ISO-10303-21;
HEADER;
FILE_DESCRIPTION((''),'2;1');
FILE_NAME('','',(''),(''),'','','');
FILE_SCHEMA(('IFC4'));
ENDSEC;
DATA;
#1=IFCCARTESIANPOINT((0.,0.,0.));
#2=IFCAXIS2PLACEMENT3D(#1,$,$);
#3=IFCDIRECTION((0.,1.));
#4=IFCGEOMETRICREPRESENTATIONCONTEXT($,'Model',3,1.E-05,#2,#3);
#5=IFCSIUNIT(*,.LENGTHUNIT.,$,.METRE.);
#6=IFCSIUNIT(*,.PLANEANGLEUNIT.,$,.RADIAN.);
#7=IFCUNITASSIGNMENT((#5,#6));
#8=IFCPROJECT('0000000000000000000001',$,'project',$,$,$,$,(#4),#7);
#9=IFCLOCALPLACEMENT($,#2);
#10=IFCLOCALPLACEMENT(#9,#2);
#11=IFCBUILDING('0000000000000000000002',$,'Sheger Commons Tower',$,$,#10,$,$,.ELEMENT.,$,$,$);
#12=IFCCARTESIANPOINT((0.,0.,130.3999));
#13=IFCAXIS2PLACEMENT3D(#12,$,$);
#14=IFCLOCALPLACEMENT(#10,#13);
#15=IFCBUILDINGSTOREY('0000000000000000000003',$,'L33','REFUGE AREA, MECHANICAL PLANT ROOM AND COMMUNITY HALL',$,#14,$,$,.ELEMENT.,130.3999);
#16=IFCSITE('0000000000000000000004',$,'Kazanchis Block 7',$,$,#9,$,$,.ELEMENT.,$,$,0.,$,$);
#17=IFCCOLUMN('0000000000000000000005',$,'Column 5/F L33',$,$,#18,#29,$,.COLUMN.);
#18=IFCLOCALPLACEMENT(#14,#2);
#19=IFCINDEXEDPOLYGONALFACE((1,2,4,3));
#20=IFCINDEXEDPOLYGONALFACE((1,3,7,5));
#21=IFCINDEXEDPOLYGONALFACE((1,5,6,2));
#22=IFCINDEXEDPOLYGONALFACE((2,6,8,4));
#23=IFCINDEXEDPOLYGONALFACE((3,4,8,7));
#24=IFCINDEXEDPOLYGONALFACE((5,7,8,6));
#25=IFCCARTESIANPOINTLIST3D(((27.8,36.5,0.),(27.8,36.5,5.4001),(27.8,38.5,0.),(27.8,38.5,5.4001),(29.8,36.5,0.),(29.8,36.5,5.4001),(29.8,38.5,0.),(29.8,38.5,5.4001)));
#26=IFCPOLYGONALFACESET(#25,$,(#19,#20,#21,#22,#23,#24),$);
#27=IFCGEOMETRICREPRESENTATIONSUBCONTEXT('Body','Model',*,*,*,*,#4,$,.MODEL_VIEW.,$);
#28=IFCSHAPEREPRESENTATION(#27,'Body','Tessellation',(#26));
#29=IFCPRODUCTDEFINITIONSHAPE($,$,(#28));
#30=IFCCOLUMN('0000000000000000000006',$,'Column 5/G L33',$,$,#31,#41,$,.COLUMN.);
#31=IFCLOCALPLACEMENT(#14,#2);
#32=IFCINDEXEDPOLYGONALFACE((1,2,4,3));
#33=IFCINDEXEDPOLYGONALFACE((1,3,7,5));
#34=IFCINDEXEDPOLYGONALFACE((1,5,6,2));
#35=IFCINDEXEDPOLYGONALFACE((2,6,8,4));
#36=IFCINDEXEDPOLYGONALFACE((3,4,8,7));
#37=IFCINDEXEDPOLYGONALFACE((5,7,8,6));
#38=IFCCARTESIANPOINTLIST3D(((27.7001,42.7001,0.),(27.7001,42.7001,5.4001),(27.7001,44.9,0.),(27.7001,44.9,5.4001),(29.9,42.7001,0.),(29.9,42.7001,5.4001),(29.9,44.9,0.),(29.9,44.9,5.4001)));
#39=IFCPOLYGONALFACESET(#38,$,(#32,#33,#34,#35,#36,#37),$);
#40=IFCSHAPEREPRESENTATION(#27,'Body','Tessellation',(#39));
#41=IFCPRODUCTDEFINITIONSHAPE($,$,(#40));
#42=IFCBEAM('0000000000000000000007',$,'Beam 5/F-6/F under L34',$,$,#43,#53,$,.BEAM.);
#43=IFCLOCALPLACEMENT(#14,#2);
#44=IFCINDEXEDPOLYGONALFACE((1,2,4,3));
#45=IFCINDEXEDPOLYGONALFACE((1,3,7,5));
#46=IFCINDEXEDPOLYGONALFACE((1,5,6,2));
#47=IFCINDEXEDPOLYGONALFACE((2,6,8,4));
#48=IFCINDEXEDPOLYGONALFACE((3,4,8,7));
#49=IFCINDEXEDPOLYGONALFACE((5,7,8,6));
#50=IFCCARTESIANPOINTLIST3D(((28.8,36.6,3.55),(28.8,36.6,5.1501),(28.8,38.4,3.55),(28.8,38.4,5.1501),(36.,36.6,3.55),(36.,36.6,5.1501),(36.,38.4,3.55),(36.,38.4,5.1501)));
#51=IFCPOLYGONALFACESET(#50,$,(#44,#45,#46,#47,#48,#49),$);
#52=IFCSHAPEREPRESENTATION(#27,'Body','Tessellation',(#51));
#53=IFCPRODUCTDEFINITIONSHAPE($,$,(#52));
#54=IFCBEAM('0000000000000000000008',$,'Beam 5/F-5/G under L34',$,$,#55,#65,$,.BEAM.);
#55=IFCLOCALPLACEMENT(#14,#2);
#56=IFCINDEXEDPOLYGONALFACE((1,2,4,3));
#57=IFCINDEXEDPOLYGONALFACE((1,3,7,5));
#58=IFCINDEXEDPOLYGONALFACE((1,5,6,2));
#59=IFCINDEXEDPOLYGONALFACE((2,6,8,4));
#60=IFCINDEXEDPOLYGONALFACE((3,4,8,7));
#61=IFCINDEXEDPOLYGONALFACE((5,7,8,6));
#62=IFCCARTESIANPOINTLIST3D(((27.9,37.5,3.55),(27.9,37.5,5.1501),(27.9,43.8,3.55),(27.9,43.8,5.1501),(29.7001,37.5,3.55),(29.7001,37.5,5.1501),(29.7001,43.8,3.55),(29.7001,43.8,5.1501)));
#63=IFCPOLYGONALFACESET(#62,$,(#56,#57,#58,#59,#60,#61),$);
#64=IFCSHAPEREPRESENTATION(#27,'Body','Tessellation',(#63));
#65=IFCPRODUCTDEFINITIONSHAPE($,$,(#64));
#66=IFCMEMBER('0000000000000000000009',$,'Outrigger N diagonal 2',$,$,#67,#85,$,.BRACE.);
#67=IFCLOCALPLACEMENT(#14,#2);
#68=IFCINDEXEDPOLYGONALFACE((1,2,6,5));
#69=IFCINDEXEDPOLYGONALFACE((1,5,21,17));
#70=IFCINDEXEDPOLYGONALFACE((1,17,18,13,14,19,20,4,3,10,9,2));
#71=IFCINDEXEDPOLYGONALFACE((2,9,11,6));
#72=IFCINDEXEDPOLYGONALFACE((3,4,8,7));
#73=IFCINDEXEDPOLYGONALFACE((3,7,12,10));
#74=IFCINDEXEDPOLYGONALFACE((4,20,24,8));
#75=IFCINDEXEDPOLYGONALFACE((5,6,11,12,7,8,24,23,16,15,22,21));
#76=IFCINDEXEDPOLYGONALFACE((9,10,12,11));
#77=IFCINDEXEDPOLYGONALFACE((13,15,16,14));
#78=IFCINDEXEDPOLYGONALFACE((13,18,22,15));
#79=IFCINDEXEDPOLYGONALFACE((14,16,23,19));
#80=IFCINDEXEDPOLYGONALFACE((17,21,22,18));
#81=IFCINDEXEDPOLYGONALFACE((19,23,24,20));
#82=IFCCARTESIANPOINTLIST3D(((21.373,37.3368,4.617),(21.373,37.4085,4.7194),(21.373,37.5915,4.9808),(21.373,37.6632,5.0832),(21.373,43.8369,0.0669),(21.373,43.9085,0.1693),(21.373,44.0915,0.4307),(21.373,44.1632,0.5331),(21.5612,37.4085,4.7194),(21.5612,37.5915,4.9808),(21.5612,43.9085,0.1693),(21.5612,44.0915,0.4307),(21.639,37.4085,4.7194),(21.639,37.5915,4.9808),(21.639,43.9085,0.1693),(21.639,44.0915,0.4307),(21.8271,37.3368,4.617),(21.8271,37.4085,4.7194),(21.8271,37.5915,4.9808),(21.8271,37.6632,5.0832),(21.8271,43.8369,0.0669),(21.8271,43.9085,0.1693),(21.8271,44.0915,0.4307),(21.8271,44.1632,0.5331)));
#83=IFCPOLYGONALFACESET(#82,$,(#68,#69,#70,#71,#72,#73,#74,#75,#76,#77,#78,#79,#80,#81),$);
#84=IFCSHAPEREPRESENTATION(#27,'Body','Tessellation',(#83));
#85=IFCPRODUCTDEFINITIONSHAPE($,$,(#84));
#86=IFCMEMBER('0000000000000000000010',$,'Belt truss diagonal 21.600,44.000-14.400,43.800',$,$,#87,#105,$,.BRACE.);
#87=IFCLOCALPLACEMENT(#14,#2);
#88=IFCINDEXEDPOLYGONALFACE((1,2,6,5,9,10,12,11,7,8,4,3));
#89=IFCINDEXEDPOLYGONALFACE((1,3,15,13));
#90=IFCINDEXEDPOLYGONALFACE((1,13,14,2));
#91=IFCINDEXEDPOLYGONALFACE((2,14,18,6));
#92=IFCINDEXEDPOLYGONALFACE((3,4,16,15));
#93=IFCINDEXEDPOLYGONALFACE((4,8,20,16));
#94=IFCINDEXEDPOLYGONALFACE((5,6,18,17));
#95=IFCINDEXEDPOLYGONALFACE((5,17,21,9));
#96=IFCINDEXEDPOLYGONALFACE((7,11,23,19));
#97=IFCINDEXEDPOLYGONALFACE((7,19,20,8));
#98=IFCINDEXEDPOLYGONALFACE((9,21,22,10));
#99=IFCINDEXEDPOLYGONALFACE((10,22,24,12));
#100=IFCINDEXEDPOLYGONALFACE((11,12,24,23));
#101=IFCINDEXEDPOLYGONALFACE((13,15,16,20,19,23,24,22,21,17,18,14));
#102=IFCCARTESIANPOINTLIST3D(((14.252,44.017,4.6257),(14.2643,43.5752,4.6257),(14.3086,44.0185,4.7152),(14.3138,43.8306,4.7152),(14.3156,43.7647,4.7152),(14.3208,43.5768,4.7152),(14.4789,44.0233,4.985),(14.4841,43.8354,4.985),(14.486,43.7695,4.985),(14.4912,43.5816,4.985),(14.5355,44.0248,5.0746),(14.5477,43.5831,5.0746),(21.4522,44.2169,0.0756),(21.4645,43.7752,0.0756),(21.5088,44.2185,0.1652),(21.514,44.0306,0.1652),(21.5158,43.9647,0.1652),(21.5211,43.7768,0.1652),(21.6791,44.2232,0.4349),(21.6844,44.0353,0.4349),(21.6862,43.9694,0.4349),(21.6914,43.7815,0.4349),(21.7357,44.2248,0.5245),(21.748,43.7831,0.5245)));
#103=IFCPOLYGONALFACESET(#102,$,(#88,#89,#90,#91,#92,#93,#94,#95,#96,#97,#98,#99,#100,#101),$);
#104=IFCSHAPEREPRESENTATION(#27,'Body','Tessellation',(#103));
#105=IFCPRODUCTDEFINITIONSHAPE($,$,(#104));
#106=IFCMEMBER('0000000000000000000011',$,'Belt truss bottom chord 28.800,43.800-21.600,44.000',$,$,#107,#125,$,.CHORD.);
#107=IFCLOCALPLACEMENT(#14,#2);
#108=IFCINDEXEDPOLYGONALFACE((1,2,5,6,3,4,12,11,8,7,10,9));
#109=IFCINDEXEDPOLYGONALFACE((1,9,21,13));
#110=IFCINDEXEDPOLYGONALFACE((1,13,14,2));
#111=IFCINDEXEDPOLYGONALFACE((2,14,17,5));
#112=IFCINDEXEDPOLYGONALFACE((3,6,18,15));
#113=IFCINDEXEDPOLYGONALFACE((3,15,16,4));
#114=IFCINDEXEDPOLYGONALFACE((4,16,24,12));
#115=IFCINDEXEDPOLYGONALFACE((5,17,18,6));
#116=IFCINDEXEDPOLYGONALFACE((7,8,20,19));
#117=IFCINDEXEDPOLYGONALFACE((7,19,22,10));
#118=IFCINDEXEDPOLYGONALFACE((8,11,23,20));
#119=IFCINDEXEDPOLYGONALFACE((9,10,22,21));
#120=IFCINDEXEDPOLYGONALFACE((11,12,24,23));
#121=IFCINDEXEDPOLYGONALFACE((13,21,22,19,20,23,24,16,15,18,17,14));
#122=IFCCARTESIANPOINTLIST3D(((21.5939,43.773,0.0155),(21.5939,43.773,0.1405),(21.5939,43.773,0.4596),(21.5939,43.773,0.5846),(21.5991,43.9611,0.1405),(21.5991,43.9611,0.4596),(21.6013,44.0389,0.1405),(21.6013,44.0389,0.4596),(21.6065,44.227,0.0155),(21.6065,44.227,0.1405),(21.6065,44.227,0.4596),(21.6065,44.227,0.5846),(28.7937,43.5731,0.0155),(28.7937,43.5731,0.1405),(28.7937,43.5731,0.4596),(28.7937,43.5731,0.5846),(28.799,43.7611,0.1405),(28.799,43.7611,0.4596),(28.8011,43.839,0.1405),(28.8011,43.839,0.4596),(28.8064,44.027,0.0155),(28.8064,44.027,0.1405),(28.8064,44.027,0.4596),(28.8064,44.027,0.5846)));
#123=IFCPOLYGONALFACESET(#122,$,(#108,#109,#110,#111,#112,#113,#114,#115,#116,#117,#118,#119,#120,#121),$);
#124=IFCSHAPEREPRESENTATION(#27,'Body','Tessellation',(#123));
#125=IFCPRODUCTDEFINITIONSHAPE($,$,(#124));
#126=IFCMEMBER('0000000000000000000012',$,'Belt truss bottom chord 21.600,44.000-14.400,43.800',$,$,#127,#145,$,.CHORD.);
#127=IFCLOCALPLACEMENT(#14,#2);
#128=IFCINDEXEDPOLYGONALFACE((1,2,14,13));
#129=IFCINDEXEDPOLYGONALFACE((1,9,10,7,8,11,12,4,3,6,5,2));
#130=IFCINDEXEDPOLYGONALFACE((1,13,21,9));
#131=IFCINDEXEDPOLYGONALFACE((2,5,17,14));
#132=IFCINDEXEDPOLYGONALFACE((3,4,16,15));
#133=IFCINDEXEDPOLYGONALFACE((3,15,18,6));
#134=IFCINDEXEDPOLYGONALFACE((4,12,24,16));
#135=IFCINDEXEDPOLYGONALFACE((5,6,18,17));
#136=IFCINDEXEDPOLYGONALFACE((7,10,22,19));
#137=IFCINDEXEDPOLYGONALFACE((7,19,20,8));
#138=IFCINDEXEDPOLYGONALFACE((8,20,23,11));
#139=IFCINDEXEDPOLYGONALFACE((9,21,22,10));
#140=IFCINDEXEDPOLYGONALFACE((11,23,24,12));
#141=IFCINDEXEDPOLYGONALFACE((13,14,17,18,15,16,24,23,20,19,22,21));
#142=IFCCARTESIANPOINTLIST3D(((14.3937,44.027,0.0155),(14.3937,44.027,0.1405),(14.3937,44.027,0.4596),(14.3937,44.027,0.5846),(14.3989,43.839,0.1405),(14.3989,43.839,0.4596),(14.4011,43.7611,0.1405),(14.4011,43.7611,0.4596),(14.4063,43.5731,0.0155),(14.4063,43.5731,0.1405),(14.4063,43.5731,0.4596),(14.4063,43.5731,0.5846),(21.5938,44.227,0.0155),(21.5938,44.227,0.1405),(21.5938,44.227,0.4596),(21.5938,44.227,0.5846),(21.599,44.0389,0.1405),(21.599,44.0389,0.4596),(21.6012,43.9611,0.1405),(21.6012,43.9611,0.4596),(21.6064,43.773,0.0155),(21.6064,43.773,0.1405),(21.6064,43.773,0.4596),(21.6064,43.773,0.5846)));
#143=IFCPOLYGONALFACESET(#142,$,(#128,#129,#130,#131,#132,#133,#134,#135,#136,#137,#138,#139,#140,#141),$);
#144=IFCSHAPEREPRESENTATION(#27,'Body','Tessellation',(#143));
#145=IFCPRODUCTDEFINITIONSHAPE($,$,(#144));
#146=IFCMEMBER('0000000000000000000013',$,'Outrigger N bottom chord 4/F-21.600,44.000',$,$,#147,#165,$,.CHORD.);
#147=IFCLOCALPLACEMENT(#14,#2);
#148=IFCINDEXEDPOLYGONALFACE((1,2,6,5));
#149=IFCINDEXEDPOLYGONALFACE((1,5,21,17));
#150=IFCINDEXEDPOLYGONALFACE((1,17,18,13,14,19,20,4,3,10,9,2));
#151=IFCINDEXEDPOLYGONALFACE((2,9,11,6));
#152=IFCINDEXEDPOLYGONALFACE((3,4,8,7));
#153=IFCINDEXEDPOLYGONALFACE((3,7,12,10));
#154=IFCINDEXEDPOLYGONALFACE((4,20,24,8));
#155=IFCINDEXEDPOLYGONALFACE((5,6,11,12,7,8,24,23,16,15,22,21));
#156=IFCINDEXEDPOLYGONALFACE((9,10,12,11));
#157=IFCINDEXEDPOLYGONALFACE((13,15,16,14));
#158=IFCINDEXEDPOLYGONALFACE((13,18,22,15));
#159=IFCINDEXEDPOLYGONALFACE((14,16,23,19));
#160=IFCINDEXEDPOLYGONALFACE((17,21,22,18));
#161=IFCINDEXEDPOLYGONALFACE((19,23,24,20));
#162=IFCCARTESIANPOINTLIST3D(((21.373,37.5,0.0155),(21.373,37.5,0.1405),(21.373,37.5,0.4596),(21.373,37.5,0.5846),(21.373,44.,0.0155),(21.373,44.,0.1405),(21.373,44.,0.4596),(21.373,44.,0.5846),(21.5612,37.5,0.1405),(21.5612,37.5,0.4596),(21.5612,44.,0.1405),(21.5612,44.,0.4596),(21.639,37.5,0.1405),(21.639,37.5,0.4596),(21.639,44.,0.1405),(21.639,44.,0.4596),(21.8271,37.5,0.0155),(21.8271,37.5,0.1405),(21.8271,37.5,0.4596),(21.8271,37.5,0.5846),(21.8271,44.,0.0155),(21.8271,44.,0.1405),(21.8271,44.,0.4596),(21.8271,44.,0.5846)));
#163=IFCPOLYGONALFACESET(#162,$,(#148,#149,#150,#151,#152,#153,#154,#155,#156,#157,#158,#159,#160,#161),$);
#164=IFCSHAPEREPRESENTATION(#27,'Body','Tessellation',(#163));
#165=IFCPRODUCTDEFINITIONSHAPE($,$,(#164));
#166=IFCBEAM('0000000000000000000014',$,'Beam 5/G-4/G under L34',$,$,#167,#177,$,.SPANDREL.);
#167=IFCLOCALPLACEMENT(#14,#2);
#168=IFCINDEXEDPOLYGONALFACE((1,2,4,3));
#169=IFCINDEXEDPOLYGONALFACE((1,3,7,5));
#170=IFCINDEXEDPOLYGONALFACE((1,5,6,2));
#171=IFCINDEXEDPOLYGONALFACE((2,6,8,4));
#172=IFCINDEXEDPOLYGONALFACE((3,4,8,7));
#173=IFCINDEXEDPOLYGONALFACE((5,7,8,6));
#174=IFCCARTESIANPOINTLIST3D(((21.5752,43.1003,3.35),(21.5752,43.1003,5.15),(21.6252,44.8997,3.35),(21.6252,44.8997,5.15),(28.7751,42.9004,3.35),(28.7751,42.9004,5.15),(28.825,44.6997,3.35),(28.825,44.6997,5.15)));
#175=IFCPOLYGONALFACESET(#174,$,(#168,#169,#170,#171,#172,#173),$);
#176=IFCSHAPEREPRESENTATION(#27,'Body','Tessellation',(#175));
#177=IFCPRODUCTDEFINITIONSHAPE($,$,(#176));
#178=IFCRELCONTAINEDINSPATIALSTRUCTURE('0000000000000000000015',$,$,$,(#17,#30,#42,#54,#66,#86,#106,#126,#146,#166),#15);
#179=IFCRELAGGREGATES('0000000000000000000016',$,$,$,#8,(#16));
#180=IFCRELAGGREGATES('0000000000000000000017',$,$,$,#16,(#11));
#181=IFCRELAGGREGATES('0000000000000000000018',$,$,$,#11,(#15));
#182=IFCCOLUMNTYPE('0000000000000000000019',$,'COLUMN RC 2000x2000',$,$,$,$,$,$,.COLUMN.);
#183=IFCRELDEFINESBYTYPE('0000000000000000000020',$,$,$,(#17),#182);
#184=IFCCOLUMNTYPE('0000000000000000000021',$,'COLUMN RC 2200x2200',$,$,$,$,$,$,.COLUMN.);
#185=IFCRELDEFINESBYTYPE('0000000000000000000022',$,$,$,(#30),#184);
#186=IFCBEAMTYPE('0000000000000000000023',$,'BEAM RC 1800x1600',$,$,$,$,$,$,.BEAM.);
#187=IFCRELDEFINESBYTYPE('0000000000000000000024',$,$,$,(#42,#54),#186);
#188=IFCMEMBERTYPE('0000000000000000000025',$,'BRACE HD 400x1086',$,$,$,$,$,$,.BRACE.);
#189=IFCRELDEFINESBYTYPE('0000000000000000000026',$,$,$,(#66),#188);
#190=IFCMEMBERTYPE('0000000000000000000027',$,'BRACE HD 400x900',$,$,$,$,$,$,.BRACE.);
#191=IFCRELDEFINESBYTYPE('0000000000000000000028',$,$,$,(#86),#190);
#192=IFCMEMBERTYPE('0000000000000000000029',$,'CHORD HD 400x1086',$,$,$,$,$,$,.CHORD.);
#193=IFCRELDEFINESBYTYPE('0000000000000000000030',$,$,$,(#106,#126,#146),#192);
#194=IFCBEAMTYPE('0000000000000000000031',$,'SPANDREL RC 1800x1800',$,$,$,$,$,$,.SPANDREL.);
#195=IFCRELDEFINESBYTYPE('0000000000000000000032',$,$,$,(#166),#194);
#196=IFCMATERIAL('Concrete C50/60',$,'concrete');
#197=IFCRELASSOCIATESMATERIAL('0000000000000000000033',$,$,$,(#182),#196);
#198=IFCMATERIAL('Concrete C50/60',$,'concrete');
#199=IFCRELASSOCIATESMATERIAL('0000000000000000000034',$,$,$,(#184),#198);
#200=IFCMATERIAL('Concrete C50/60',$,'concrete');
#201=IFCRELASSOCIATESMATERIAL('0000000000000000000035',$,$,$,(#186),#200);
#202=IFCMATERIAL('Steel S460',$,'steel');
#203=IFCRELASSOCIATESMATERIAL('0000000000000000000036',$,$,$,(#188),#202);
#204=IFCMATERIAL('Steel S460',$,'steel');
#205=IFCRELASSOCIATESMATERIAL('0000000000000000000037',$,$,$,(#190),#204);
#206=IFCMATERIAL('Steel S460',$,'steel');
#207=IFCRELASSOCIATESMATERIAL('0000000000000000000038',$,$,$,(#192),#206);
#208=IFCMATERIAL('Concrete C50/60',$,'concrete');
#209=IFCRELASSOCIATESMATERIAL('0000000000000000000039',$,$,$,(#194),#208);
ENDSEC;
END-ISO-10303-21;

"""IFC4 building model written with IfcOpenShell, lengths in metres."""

from ifc_helpers import new_model, si_unit, direction, frame, origin, origin_2d, place, context, subcontext, project, spatial, rectangle, i_section, extrude, material, material_profile, profile_set, type_object, element, save


model = new_model("IFC4")

# Units and contexts
model_context = context("Model", 3, precision=1e-05, world=origin(), true_north=direction((0.0, 1.0)))
body_context = subcontext(model_context, "Body", "Model", "MODEL_VIEW")
ifc_project = project(units=[si_unit("LENGTHUNIT", "METRE"), si_unit("PLANEANGLEUNIT", "RADIAN")], contexts=[model_context])

# Site, building, storey
site_placement = place(None, origin())
site = spatial("IfcSite", under=ifc_project, at=site_placement, Name="Kazanchis Block 7", CompositionType="ELEMENT", RefElevation=0.0)
building_placement = place(site_placement, origin())
building = spatial("IfcBuilding", under=site, at=building_placement, Name="Sheger Commons Tower", CompositionType="ELEMENT")
storey_placement = place(building_placement, frame((0.0, 0.0, 130.3999)))
storey = spatial("IfcBuildingStorey", under=building, at=storey_placement, Name="L33", Description="REFUGE AREA, MECHANICAL PLANT ROOM AND COMMUNITY HALL", CompositionType="ELEMENT", Elevation=130.3999)

# Columns
ifc_material_1 = material(Name="Concrete C50/60", Category="concrete")
ifc_material_profile_1 = material_profile(ifc_material_1, rectangle(XDim=2.0, YDim=2.0, at=origin_2d()), Name="RC 2000x2000")
ifc_profile_set_1 = profile_set([ifc_material_profile_1], Name="Concrete C50/60")
column_type_1 = type_object("IfcColumnType", Name="COLUMN RC 2000x2000", PredefinedType="COLUMN", material=ifc_profile_set_1)
column_1_placement = place(storey_placement, frame((28.8, 37.5, 0.0), z_axis=(0.0, 0.0, 1.0), x_axis=(1.0, 0.0, 0.0)))
element("IfcColumn", 1, at=column_1_placement, inside=storey, type_object=column_type_1, Name="Column 5/F L33", PredefinedType="COLUMN", context=body_context, shape_type="SweptSolid", body=[
    extrude(rectangle(XDim=2.0, YDim=2.0, at=origin_2d()), origin(), (0.0, 0.0, 1.0), 5.4001),
])
ifc_material_2 = material(Name="Concrete C50/60", Category="concrete")
ifc_material_profile_2 = material_profile(ifc_material_2, rectangle(XDim=2.2, YDim=2.2, at=origin_2d()), Name="RC 2200x2200")
ifc_profile_set_2 = profile_set([ifc_material_profile_2], Name="Concrete C50/60")
column_type_2 = type_object("IfcColumnType", Name="COLUMN RC 2200x2200", PredefinedType="COLUMN", material=ifc_profile_set_2)
column_2_placement = place(storey_placement, frame((28.8, 43.8, 0.0), z_axis=(0.0, 0.0, 1.0), x_axis=(1.0, 0.0, 0.0)))
element("IfcColumn", 2, at=column_2_placement, inside=storey, type_object=column_type_2, Name="Column 5/G L33", PredefinedType="COLUMN", context=body_context, shape_type="SweptSolid", body=[
    extrude(rectangle(XDim=2.2, YDim=2.2, at=origin_2d()), origin(), (0.0, 0.0, 1.0), 5.4001),
])

# Beams
ifc_material_3 = material(Name="Concrete C50/60", Category="concrete")
ifc_material_profile_3 = material_profile(ifc_material_3, rectangle(XDim=1.8, YDim=1.6001, at=origin_2d()), Name="RC 1800x1600")
ifc_profile_set_3 = profile_set([ifc_material_profile_3], Name="Concrete C50/60")
beam_type_1 = type_object("IfcBeamType", Name="BEAM RC 1800x1600", PredefinedType="BEAM", material=ifc_profile_set_3)
beam_1_placement = place(storey_placement, frame((28.8, 37.5, 4.3501), z_axis=(1.0, 0.0, 0.0), x_axis=(0.0, 1.0, 0.0)))
element("IfcBeam", 3, at=beam_1_placement, inside=storey, type_object=beam_type_1, Name="Beam 5/F-6/F under L34", PredefinedType="BEAM", context=body_context, shape_type="SweptSolid", body=[
    extrude(rectangle(XDim=1.8, YDim=1.6001, at=origin_2d()), origin(), (0.0, 0.0, 1.0), 7.2),
])
beam_2_placement = place(storey_placement, frame((28.8, 37.5, 4.3501), z_axis=(0.0, 1.0, 0.0), x_axis=(-1.0, 0.0, 0.0)))
element("IfcBeam", 4, at=beam_2_placement, inside=storey, type_object=beam_type_1, Name="Beam 5/F-5/G under L34", PredefinedType="BEAM", context=body_context, shape_type="SweptSolid", body=[
    extrude(rectangle(XDim=1.8, YDim=1.6001, at=origin_2d()), origin(), (0.0, 0.0, 1.0), 6.3),
])

# Members
ifc_material_4 = material(Name="Steel S460", Category="steel")
ifc_material_profile_4 = material_profile(ifc_material_4, i_section(OverallWidth=0.4541, OverallDepth=0.5691, WebThickness=0.0779, FlangeThickness=0.125, at=origin_2d()), Name="HD 400x1086")
ifc_profile_set_4 = profile_set([ifc_material_profile_4], Name="Steel S460")
member_type_1 = type_object("IfcMemberType", Name="BRACE HD 400x1086", PredefinedType="BRACE", material=ifc_profile_set_4)
member_1_placement = place(storey_placement, frame((21.6001, 37.5, 4.8501), z_axis=(0.0, 0.819229, -0.573466), x_axis=(-1.0, 0.0, 0.0)))
element("IfcMember", 5, at=member_1_placement, inside=storey, type_object=member_type_1, Name="Outrigger N diagonal 2", PredefinedType="BRACE", context=body_context, shape_type="SweptSolid", body=[
    extrude(i_section(OverallWidth=0.4541, OverallDepth=0.5691, WebThickness=0.0779, FlangeThickness=0.125, at=origin_2d()), origin(), (0.0, 0.0, 1.0), 7.9343),
])
ifc_material_5 = material(Name="Steel S460", Category="steel")
ifc_material_profile_5 = material_profile(ifc_material_5, i_section(OverallWidth=0.4419, OverallDepth=0.531, WebThickness=0.0659, FlangeThickness=0.106, at=origin_2d()), Name="HD 400x900")
ifc_profile_set_5 = profile_set([ifc_material_profile_5], Name="Steel S460")
member_type_2 = type_object("IfcMemberType", Name="BRACE HD 400x900", PredefinedType="BRACE", material=ifc_profile_set_5)
member_2_placement = place(storey_placement, frame((21.6001, 44.0, 0.3), z_axis=(-0.84512, -0.023469, 0.53406), x_axis=(0.02776, -0.999615, 0.0)))
element("IfcMember", 6, at=member_2_placement, inside=storey, type_object=member_type_2, Name="Belt truss diagonal 21.600,44.000-14.400,43.800", PredefinedType="BRACE", context=body_context, shape_type="SweptSolid", body=[
    extrude(i_section(OverallWidth=0.4419, OverallDepth=0.531, WebThickness=0.0659, FlangeThickness=0.106, at=origin_2d()), origin(), (0.0, 0.0, 1.0), 8.5198),
])
ifc_material_6 = material(Name="Steel S460", Category="steel")
ifc_material_profile_6 = material_profile(ifc_material_6, i_section(OverallWidth=0.4541, OverallDepth=0.5691, WebThickness=0.0779, FlangeThickness=0.125, at=origin_2d()), Name="HD 400x1086")
ifc_profile_set_6 = profile_set([ifc_material_profile_6], Name="Steel S460")
member_type_3 = type_object("IfcMemberType", Name="CHORD HD 400x1086", PredefinedType="CHORD", material=ifc_profile_set_6)
member_3_placement = place(storey_placement, frame((28.8, 43.8, 0.3), z_axis=(-0.999615, 0.02776, 0.0), x_axis=(-0.02776, -0.999615, 0.0)))
element("IfcMember", 7, at=member_3_placement, inside=storey, type_object=member_type_3, Name="Belt truss bottom chord 28.800,43.800-21.600,44.000", PredefinedType="CHORD", context=body_context, shape_type="SweptSolid", body=[
    extrude(i_section(OverallWidth=0.4541, OverallDepth=0.5691, WebThickness=0.0779, FlangeThickness=0.125, at=origin_2d()), origin(), (0.0, 0.0, 1.0), 7.2026),
])
member_4_placement = place(storey_placement, frame((21.6001, 44.0, 0.3), z_axis=(-0.999615, -0.02776, 0.0), x_axis=(0.02776, -0.999615, 0.0)))
element("IfcMember", 8, at=member_4_placement, inside=storey, type_object=member_type_3, Name="Belt truss bottom chord 21.600,44.000-14.400,43.800", PredefinedType="CHORD", context=body_context, shape_type="SweptSolid", body=[
    extrude(i_section(OverallWidth=0.4541, OverallDepth=0.5691, WebThickness=0.0779, FlangeThickness=0.125, at=origin_2d()), origin(), (0.0, 0.0, 1.0), 7.2029),
])
member_5_placement = place(storey_placement, frame((21.6001, 37.5, 0.3), z_axis=(0.0, 1.0, 0.0), x_axis=(-1.0, 0.0, 0.0)))
element("IfcMember", 9, at=member_5_placement, inside=storey, type_object=member_type_3, Name="Outrigger N bottom chord 4/F-21.600,44.000", PredefinedType="CHORD", context=body_context, shape_type="SweptSolid", body=[
    extrude(i_section(OverallWidth=0.4541, OverallDepth=0.5691, WebThickness=0.0779, FlangeThickness=0.125, at=origin_2d()), origin(), (0.0, 0.0, 1.0), 6.5),
])

# Beam
ifc_material_7 = material(Name="Concrete C50/60", Category="concrete")
ifc_material_profile_7 = material_profile(ifc_material_7, rectangle(XDim=1.8, YDim=1.8, at=origin_2d()), Name="RC 1800x1800")
ifc_profile_set_7 = profile_set([ifc_material_profile_7], Name="Concrete C50/60")
beam_type_2 = type_object("IfcBeamType", Name="SPANDREL RC 1800x1800", PredefinedType="SPANDREL", material=ifc_profile_set_7)
beam_3_placement = place(storey_placement, frame((28.8, 43.8, 4.25), z_axis=(-0.999615, 0.02776, 0.0), x_axis=(-0.02776, -0.999615, 0.0)))
element("IfcBeam", 10, at=beam_3_placement, inside=storey, type_object=beam_type_2, Name="Beam 5/G-4/G under L34", PredefinedType="SPANDREL", context=body_context, shape_type="SweptSolid", body=[
    extrude(rectangle(XDim=1.8, YDim=1.8, at=origin_2d()), origin(), (0.0, 0.0, 1.0), 7.2026),
])

save(model, "model.ifc")
